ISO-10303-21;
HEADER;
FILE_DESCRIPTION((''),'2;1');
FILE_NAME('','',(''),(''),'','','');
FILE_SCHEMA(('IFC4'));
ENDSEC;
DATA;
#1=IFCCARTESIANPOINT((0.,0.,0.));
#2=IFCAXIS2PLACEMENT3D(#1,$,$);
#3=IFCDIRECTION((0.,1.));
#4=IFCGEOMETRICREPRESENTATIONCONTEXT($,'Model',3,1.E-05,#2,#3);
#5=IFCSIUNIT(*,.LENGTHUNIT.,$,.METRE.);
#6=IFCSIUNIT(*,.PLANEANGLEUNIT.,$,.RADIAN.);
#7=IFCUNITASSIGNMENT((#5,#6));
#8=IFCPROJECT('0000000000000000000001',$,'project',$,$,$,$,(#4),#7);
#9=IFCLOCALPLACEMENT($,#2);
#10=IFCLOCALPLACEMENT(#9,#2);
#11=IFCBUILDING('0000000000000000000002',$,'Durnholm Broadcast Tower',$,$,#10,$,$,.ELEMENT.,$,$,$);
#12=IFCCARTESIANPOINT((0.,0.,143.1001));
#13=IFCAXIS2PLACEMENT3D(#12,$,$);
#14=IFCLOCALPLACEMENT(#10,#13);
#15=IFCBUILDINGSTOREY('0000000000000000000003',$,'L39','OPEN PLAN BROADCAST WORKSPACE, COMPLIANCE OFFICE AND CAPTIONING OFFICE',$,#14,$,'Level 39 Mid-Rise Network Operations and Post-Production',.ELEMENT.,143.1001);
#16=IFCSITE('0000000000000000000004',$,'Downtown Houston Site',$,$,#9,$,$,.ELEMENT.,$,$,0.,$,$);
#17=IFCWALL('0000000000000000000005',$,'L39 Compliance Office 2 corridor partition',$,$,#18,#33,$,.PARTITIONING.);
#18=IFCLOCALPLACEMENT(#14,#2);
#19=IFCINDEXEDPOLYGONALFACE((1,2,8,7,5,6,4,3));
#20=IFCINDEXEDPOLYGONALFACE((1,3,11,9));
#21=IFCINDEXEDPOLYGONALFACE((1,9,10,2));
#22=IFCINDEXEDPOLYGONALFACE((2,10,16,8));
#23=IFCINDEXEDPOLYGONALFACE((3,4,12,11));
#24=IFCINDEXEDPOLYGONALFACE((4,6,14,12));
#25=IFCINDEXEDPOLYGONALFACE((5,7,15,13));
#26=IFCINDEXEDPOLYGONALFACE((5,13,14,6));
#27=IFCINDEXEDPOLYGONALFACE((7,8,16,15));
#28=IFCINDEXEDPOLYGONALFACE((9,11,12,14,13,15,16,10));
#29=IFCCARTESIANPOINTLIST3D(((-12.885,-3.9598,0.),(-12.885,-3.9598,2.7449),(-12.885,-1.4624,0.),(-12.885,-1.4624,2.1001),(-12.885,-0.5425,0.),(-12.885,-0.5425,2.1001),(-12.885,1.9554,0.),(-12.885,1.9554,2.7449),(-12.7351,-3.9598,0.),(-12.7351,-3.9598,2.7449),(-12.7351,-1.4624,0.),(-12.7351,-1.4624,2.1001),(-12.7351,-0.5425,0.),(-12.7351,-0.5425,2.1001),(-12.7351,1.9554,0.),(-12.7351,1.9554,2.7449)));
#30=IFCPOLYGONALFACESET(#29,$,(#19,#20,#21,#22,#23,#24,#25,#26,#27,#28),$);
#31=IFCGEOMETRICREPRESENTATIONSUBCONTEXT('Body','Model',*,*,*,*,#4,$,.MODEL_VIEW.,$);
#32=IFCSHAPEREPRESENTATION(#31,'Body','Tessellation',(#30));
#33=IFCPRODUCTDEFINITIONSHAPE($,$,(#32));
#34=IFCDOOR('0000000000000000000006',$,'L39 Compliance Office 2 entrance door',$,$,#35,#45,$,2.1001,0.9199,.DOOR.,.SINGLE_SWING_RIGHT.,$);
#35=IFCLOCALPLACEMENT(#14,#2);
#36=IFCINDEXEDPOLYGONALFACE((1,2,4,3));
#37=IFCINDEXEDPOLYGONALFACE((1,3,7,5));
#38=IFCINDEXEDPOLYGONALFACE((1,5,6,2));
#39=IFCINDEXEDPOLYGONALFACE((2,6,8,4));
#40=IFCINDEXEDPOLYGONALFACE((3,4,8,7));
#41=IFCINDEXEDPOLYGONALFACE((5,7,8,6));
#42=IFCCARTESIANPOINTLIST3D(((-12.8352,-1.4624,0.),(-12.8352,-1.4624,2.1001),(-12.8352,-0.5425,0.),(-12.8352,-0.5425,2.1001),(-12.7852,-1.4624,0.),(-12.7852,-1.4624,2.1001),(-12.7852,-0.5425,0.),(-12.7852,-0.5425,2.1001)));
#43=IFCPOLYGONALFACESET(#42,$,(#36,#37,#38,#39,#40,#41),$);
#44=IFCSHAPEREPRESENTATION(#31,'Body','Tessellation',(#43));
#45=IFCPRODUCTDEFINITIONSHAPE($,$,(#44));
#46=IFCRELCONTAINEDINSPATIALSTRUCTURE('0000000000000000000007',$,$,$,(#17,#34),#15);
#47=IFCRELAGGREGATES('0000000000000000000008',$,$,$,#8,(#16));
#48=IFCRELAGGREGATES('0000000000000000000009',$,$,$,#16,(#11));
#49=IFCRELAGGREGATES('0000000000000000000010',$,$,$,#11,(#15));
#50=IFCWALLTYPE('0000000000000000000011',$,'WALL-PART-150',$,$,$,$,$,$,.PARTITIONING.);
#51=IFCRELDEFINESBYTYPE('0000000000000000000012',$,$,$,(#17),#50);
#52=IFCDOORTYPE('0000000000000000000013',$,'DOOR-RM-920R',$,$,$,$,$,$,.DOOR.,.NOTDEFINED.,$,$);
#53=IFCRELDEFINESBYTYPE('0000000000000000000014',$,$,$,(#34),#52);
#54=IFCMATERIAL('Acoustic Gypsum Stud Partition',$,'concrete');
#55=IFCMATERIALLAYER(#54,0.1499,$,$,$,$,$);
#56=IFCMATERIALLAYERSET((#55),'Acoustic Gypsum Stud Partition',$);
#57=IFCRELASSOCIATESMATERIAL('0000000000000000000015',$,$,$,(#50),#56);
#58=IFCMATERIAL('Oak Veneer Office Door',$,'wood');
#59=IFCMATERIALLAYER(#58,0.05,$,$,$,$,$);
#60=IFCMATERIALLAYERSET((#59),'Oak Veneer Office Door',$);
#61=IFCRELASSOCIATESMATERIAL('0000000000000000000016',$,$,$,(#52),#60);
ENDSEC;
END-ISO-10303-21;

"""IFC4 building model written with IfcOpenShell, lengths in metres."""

from ifc_helpers import new_model, si_unit, direction, frame, frame_2d, origin, place, context, subcontext, project, spatial, rectangle, extrude, source, transform, mapped, material, layer, layer_set, type_object, type_shapes, element, fill, save


model = new_model("IFC4")

# Units and contexts
model_context = context("Model", 3, precision=1e-05, world=origin(), true_north=direction((0.0, 1.0)))
body_context = subcontext(model_context, "Body", "Model", "MODEL_VIEW")
ifc_project = project(units=[si_unit("LENGTHUNIT", "METRE"), si_unit("PLANEANGLEUNIT", "RADIAN")], contexts=[model_context])

# Site, building, storey
site_placement = place(None, origin())
site = spatial("IfcSite", under=ifc_project, at=site_placement, Name="Downtown Houston Site", CompositionType="ELEMENT", RefElevation=0.0)
building_placement = place(site_placement, origin())
building = spatial("IfcBuilding", under=site, at=building_placement, Name="Durnholm Broadcast Tower", CompositionType="ELEMENT")
storey_placement = place(building_placement, frame((0.0, 0.0, 143.1001)))
storey = spatial("IfcBuildingStorey", under=building, at=storey_placement, Name="L39", Description="OPEN PLAN BROADCAST WORKSPACE, COMPLIANCE OFFICE AND CAPTIONING OFFICE", LongName="Level 39 Mid-Rise Network Operations and Post-Production", CompositionType="ELEMENT", Elevation=143.1001)

# Wall, opening, door
ifc_material_1 = material(Name="Acoustic Gypsum Stud Partition", Category="concrete")
ifc_layer_1 = layer(ifc_material_1, 0.1499)
ifc_layer_set_1 = layer_set([ifc_layer_1], Name="Acoustic Gypsum Stud Partition")
wall_type_1 = type_object("IfcWallType", Name="WALL-PART-150", PredefinedType="PARTITIONING", material=ifc_layer_set_1)
wall_1_placement = place(storey_placement, frame((-12.8101, 1.9553, 0.0), z_axis=(0.0, 0.0, 1.0), x_axis=(0.0, -1.0, 0.0)))
wall_1 = element("IfcWall", 1, at=wall_1_placement, inside=storey, type_object=wall_type_1, Name="L39 Compliance Office 2 corridor partition", PredefinedType="PARTITIONING", context=body_context, shape_type="SweptSolid", body=[
    extrude(rectangle(XDim=5.9153, YDim=0.1499, at=frame_2d((2.9575, 0.0))), origin(), (0.0, 0.0, 1.0), 2.7449),
])
opening_placement = place(wall_1_placement, frame((2.4978, 0.0, 0.0)))
opening = element("IfcOpeningElement", 2, at=opening_placement, cuts=wall_1, PredefinedType="OPENING", context=body_context, shape_type="SweptSolid", body=[
    extrude(rectangle(XDim=0.9199, YDim=2.1001, at=frame_2d((0.46, 1.05))), frame((0.0, 0.085, 0.0), z_axis=(0.0, -1.0, 0.0), x_axis=(1.0, 0.0, 0.0)), (0.0, 0.0, 1.0), 0.1699),
])
ifc_material_2 = material(Name="Oak Veneer Office Door", Category="wood")
ifc_layer_2 = layer(ifc_material_2, 0.05)
ifc_layer_set_2 = layer_set([ifc_layer_2], Name="Oak Veneer Office Door")
door_type = type_object("IfcDoorType", Name="DOOR-RM-920R", OperationType="NOTDEFINED", PredefinedType="DOOR", material=ifc_layer_set_2)
shared_shape_1 = source(origin(), body_context, "Body", "SweptSolid", [
    extrude(rectangle(XDim=0.9199, YDim=2.1001, at=frame_2d((0.46, 1.05))), frame((0.0, 0.0249, 0.0), z_axis=(0.0, -1.0, 0.0), x_axis=(1.0, 0.0, 0.0)), (0.0, 0.0, 1.0), 0.05),
])
type_shapes(door_type, [shared_shape_1])
door_placement = place(opening_placement, origin())
door = element("IfcDoor", 3, at=door_placement, inside=storey, type_object=door_type, Name="L39 Compliance Office 2 entrance door", OperationType="SINGLE_SWING_RIGHT", OverallHeight=2.1001, OverallWidth=0.9199, PredefinedType="DOOR", context=body_context, shape_type="MappedRepresentation", body=[
    mapped(shared_shape_1, transform((0.0, 0.0, 0.0), x_axis=(1.0, 0.0, 0.0), y_axis=(0.0, 1.0, 0.0), z_axis=(0.0, 0.0, 1.0), scale=1.0)),
])
fill(opening, door)

save(model, "model.ifc")
